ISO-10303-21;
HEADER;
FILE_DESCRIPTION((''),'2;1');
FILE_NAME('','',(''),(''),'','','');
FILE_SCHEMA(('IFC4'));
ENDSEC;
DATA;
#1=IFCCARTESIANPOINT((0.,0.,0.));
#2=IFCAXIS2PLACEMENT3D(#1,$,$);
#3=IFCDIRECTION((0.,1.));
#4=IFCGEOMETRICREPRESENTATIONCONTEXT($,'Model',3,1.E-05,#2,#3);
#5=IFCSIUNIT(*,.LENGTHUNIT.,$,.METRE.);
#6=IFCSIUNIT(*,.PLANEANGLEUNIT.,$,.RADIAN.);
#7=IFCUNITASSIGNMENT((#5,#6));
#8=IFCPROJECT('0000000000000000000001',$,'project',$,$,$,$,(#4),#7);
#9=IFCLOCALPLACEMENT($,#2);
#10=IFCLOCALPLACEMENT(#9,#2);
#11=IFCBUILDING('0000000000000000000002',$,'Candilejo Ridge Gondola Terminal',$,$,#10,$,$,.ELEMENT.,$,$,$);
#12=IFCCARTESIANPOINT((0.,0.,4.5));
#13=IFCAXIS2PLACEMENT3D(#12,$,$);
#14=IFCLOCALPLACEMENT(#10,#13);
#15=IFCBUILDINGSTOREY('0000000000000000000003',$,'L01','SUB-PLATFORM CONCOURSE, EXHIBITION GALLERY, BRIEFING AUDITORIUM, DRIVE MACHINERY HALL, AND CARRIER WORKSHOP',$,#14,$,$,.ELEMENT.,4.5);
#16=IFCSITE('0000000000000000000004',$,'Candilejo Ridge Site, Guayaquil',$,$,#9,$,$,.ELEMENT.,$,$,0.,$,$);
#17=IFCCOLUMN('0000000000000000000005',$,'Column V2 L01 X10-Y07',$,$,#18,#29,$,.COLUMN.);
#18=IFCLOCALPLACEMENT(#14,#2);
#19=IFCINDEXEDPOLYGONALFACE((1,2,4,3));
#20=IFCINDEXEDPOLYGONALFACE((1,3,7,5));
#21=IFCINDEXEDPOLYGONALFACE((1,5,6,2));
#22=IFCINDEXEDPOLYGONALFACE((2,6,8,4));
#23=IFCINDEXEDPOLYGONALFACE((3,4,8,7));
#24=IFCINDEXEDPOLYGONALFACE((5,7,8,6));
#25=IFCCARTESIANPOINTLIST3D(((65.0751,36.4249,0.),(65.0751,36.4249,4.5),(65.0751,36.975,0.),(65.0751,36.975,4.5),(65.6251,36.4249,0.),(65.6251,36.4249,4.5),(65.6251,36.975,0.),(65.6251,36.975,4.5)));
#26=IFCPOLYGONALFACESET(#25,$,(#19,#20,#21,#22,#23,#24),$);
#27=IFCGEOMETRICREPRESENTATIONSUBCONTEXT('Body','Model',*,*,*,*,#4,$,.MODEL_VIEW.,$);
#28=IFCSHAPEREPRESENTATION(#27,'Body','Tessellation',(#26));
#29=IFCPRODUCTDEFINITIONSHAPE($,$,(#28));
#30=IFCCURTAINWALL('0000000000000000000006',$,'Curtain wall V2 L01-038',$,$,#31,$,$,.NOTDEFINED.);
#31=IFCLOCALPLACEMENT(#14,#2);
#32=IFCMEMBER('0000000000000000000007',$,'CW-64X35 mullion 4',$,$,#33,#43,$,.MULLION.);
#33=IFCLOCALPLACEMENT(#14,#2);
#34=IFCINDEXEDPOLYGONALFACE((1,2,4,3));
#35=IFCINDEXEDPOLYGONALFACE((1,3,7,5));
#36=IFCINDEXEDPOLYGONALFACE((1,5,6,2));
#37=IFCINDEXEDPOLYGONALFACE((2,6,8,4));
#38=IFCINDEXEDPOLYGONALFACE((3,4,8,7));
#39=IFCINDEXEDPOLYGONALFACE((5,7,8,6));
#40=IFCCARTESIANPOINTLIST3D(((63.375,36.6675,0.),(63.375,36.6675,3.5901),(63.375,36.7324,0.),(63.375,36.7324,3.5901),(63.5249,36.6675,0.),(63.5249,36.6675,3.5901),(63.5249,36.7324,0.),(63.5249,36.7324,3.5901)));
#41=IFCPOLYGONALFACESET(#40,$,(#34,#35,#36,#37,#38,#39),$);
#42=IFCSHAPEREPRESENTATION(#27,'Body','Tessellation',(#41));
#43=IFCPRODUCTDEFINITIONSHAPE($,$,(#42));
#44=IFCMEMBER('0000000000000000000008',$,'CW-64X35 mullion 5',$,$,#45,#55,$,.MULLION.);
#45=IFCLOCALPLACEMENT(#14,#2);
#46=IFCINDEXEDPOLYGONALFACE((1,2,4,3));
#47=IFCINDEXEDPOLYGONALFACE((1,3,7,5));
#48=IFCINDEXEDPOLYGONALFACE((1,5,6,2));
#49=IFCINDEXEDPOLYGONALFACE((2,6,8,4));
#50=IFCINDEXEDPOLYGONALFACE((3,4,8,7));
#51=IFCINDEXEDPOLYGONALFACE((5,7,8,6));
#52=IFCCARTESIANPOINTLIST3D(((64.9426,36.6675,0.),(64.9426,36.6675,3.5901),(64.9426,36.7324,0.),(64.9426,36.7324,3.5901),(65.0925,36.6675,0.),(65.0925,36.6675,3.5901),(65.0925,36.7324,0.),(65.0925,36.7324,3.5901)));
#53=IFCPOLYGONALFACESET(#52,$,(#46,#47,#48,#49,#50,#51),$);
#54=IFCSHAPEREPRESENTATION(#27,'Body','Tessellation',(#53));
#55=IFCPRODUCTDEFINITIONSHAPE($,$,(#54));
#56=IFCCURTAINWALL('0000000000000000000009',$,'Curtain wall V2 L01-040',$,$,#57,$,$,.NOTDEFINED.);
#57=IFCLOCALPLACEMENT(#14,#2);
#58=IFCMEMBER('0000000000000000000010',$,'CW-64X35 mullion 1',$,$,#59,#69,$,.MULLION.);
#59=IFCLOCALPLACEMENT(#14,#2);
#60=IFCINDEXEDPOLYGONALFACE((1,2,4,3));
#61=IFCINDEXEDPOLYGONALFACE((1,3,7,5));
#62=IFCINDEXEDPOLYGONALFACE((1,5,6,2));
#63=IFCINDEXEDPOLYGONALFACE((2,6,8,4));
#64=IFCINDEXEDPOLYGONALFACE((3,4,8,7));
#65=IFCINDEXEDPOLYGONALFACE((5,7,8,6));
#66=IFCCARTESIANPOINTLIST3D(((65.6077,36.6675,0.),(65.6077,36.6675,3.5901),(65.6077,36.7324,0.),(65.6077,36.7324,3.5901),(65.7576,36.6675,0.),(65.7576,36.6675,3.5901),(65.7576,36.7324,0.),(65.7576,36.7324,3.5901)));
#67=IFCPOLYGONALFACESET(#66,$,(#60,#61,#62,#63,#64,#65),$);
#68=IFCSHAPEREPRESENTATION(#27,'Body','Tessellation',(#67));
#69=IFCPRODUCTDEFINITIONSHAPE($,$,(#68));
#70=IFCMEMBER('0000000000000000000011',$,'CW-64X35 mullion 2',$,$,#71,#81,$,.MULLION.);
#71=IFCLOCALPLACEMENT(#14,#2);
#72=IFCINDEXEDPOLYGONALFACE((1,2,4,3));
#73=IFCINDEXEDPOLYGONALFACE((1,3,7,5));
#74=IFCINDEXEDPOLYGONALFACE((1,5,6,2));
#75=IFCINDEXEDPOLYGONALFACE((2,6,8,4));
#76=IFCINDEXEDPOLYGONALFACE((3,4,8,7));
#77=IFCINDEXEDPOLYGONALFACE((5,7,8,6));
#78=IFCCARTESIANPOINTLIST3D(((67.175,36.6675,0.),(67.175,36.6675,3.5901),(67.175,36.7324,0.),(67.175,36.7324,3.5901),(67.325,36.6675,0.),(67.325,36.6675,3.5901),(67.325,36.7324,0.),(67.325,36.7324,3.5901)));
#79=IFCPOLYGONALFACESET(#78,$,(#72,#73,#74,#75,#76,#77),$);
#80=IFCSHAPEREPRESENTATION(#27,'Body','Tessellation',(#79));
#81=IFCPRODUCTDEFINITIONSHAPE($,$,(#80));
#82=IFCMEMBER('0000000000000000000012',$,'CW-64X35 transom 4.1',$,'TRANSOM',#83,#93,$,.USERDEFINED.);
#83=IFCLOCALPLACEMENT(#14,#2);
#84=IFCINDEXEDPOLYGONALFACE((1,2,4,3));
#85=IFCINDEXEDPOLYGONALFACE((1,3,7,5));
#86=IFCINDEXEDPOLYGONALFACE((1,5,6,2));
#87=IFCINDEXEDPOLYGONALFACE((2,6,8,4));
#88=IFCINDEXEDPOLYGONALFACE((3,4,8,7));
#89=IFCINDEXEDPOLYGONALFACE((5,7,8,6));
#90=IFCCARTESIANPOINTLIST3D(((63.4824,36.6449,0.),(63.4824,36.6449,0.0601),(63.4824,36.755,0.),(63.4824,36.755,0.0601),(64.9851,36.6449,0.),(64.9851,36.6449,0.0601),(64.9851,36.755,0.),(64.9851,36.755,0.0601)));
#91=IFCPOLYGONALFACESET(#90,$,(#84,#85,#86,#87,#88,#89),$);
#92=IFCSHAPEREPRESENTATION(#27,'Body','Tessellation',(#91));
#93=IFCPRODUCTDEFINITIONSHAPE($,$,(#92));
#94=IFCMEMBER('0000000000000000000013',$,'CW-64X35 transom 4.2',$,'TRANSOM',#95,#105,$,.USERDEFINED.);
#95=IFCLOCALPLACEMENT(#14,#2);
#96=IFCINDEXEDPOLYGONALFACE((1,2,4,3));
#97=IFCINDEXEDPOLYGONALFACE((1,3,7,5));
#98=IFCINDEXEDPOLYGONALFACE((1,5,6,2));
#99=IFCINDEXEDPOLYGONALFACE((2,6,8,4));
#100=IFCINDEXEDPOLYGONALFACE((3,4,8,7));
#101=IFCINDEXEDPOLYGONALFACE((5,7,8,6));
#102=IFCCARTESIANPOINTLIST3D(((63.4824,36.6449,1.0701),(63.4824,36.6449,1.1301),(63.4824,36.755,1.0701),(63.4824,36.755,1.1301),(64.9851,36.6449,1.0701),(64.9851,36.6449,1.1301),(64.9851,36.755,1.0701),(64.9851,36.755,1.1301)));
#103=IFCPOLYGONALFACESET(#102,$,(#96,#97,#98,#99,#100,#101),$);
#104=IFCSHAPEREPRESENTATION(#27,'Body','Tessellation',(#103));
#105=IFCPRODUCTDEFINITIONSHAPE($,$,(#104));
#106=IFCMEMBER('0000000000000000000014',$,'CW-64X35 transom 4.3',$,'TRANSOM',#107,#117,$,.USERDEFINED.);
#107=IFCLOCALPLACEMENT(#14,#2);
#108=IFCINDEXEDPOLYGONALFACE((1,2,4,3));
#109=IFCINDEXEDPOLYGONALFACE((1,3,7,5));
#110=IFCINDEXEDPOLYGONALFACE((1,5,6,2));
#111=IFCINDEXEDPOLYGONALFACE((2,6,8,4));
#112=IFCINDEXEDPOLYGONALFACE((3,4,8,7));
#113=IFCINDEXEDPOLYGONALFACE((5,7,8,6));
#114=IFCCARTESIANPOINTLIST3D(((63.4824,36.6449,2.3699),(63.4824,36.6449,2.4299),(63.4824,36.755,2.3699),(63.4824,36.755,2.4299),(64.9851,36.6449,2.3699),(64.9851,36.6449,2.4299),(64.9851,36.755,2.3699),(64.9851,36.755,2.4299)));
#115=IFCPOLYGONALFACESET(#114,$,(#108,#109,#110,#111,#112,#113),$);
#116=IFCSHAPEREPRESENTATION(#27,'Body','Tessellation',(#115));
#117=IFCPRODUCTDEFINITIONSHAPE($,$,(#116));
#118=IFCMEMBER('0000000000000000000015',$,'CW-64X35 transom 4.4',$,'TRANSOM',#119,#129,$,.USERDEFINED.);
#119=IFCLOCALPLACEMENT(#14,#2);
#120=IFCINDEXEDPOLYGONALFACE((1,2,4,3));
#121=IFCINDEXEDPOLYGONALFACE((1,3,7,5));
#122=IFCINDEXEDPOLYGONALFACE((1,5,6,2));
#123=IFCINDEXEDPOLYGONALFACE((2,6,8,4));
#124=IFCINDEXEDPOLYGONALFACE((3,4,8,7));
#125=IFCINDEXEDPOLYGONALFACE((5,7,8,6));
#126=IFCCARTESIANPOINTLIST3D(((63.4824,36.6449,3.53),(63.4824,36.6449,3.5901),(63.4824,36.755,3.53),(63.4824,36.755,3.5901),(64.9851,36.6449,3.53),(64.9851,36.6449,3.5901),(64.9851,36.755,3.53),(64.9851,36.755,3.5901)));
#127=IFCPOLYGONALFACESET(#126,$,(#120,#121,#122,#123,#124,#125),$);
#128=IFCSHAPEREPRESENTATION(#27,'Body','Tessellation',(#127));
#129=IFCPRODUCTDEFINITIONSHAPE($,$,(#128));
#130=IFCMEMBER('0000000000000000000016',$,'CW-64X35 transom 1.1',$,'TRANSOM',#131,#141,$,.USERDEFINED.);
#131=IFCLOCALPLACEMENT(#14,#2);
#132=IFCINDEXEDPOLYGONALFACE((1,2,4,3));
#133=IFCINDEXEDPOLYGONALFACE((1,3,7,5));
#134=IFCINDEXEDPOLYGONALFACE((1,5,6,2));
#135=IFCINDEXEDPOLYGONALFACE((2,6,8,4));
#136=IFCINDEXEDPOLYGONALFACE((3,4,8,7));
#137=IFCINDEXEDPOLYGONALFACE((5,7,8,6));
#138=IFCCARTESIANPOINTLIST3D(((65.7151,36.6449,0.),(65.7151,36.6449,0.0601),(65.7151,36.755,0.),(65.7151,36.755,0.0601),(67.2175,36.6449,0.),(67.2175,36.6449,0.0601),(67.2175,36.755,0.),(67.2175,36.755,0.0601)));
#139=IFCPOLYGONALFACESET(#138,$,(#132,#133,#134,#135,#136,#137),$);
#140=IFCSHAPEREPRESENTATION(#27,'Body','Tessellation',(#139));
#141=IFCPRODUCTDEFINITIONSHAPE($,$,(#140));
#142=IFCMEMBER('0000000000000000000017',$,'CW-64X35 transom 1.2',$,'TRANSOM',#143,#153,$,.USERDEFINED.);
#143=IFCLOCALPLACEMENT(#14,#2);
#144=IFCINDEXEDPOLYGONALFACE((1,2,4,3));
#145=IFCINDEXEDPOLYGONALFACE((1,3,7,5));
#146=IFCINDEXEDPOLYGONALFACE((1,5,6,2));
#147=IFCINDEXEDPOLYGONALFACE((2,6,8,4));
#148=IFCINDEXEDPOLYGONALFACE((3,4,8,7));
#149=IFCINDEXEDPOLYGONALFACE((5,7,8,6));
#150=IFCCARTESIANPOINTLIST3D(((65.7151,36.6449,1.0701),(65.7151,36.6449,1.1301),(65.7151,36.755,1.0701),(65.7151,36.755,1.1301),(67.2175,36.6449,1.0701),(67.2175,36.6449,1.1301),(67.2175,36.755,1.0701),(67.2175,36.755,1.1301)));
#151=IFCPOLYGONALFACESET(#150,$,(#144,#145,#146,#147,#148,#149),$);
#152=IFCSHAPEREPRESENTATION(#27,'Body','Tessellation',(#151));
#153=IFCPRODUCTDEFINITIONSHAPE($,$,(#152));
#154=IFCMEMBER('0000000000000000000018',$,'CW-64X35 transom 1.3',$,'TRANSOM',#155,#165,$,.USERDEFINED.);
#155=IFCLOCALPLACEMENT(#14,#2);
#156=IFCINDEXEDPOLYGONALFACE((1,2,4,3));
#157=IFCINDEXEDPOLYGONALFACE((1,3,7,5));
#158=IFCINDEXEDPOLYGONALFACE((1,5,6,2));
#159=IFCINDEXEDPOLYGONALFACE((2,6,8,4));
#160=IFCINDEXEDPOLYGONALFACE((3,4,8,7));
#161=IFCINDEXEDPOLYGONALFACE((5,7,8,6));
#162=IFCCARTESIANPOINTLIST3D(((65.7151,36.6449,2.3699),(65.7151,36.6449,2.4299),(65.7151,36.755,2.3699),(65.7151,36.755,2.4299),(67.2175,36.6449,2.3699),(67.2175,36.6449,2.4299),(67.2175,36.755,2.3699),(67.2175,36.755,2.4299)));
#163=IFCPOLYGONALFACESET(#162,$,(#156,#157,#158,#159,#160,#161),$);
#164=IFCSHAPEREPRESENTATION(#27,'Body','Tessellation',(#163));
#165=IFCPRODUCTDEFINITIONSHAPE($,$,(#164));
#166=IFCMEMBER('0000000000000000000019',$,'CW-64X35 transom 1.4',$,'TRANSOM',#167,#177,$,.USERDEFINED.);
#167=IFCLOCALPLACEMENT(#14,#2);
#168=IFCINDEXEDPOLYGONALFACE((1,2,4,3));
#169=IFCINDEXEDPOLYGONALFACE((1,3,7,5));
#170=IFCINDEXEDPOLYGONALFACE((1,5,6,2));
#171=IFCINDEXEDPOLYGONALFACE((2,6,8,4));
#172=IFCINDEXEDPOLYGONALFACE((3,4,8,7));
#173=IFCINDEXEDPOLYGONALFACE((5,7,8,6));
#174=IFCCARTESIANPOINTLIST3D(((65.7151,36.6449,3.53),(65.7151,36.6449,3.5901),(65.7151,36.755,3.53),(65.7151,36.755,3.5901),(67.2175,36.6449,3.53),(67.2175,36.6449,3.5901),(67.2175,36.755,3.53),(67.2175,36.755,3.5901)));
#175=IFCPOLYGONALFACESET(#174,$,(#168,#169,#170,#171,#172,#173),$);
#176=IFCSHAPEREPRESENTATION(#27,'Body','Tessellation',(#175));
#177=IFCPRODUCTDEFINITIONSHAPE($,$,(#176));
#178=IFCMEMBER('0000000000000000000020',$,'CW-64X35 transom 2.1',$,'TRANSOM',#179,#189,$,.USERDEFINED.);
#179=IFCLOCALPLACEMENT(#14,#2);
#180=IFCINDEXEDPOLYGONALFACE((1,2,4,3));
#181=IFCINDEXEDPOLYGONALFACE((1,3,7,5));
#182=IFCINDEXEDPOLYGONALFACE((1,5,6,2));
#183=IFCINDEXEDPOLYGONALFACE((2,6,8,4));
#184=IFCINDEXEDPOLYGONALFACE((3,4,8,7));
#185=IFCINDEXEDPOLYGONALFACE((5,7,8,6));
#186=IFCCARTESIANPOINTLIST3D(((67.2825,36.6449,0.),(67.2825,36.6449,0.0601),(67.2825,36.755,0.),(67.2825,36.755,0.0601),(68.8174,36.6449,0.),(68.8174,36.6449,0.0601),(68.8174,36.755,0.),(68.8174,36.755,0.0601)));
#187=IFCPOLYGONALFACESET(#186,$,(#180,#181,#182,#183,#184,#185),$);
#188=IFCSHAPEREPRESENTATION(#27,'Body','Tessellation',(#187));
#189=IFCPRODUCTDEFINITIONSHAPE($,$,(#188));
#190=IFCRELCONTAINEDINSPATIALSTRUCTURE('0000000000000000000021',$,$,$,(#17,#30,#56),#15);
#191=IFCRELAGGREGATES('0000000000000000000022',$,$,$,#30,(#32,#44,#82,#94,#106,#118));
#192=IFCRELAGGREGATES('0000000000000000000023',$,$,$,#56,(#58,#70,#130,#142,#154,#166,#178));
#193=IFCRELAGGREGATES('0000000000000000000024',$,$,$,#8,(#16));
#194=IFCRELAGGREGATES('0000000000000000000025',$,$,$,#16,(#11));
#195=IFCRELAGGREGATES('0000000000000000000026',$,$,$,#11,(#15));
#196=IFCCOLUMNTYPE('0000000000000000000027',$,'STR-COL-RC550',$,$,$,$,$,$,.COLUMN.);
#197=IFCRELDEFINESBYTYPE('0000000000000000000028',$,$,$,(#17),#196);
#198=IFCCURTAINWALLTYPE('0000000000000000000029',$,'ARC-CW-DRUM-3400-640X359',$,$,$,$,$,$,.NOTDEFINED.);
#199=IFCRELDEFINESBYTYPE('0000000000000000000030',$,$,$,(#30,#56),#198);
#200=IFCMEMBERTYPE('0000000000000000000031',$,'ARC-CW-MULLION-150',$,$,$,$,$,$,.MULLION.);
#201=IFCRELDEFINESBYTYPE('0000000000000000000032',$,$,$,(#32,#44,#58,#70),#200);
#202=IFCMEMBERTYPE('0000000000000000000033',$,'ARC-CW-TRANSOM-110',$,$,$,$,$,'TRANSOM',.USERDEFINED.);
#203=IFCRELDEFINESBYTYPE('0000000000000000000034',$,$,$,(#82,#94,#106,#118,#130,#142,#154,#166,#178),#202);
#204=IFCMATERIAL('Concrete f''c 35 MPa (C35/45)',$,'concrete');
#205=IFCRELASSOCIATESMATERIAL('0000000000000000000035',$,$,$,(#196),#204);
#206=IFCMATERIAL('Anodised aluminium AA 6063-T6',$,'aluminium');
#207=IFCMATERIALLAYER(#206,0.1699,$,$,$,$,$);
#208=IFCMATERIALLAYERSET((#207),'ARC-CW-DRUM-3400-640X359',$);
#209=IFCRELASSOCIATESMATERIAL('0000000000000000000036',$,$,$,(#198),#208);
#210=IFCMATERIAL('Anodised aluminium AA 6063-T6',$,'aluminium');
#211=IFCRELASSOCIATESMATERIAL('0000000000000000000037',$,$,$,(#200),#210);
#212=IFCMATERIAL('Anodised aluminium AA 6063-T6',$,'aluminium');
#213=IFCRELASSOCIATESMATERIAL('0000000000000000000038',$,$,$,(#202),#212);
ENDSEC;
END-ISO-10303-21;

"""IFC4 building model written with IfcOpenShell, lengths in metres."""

from ifc_helpers import new_model, si_unit, direction, frame, origin, origin_2d, place, context, subcontext, project, spatial, rectangle, extrude, material, layer, layer_set, material_profile, profile_set, type_object, element, aggregate, save


model = new_model("IFC4")

# Units and contexts
model_context = context("Model", 3, precision=1e-05, world=origin(), true_north=direction((0.0, 1.0)))
body_context = subcontext(model_context, "Body", "Model", "MODEL_VIEW")
ifc_project = project(units=[si_unit("LENGTHUNIT", "METRE"), si_unit("PLANEANGLEUNIT", "RADIAN")], contexts=[model_context])

# Site, building, storey
site_placement = place(None, origin())
site = spatial("IfcSite", under=ifc_project, at=site_placement, Name="Candilejo Ridge Site, Guayaquil", CompositionType="ELEMENT", RefElevation=0.0)
building_placement = place(site_placement, origin())
building = spatial("IfcBuilding", under=site, at=building_placement, Name="Candilejo Ridge Gondola Terminal", CompositionType="ELEMENT")
storey_placement = place(building_placement, frame((0.0, 0.0, 4.5)))
storey = spatial("IfcBuildingStorey", under=building, at=storey_placement, Name="L01", Description="SUB-PLATFORM CONCOURSE, EXHIBITION GALLERY, BRIEFING AUDITORIUM, DRIVE MACHINERY HALL, AND CARRIER WORKSHOP", CompositionType="ELEMENT", Elevation=4.5)

# Column
ifc_material_1 = material(Name="Concrete f'c 35 MPa (C35/45)", Category="concrete")
ifc_material_profile_1 = material_profile(ifc_material_1, rectangle(XDim=0.55, YDim=0.55, at=origin_2d()))
ifc_profile_set_1 = profile_set([ifc_material_profile_1], Name="Concrete f'c 35 MPa (C35/45)")
column_type = type_object("IfcColumnType", Name="STR-COL-RC550", PredefinedType="COLUMN", material=ifc_profile_set_1)
column_placement = place(storey_placement, frame((65.3501, 36.7, 0.0), z_axis=(0.0, 0.0, 1.0), x_axis=(1.0, 0.0, 0.0)))
element("IfcColumn", 1, at=column_placement, inside=storey, type_object=column_type, Name="Column V2 L01 X10-Y07", PredefinedType="COLUMN", context=body_context, shape_type="SweptSolid", body=[
    extrude(rectangle(XDim=0.55, YDim=0.55, at=origin_2d()), origin(), (0.0, 0.0, 1.0), 4.5),
])

# Curtain walls, members
ifc_material_2 = material(Name="Anodised aluminium AA 6063-T6", Category="aluminium")
ifc_layer_1 = layer(ifc_material_2, 0.1699)
ifc_layer_set_1 = layer_set([ifc_layer_1], Name="ARC-CW-DRUM-3400-640X359")
curtain_wall_type = type_object("IfcCurtainWallType", Name="ARC-CW-DRUM-3400-640X359", PredefinedType="NOTDEFINED", material=ifc_layer_set_1)
curtain_wall_1_placement = place(storey_placement, origin())
curtain_wall_1 = element("IfcCurtainWall", 2, at=curtain_wall_1_placement, inside=storey, type_object=curtain_wall_type, Name="Curtain wall V2 L01-038", PredefinedType="NOTDEFINED")
ifc_material_3 = material(Name="Anodised aluminium AA 6063-T6", Category="aluminium")
ifc_material_profile_2 = material_profile(ifc_material_3, rectangle(XDim=0.0649, YDim=0.1499, at=origin_2d()))
ifc_profile_set_2 = profile_set([ifc_material_profile_2], Name="Anodised aluminium AA 6063-T6")
member_type_1 = type_object("IfcMemberType", Name="ARC-CW-MULLION-150", PredefinedType="MULLION", material=ifc_profile_set_2)
member_1_placement = place(storey_placement, frame((63.45, 36.7, 0.0), z_axis=(0.0, 0.0, 1.0), x_axis=(0.0, 1.0, 0.0)))
member_1 = element("IfcMember", 3, at=member_1_placement, type_object=member_type_1, Name="CW-64X35 mullion 4", PredefinedType="MULLION", context=body_context, shape_type="SweptSolid", body=[
    extrude(rectangle(XDim=0.0649, YDim=0.1499, at=origin_2d()), origin(), (0.0, 0.0, 1.0), 3.5901),
])
member_2_placement = place(storey_placement, frame((65.0176, 36.7, 0.0), z_axis=(0.0, 0.0, 1.0), x_axis=(0.0, 1.0, 0.0)))
member_2 = element("IfcMember", 4, at=member_2_placement, type_object=member_type_1, Name="CW-64X35 mullion 5", PredefinedType="MULLION", context=body_context, shape_type="SweptSolid", body=[
    extrude(rectangle(XDim=0.0649, YDim=0.1499, at=origin_2d()), origin(), (0.0, 0.0, 1.0), 3.5901),
])
curtain_wall_2_placement = place(storey_placement, origin())
curtain_wall_2 = element("IfcCurtainWall", 5, at=curtain_wall_2_placement, inside=storey, type_object=curtain_wall_type, Name="Curtain wall V2 L01-040", PredefinedType="NOTDEFINED")
member_3_placement = place(storey_placement, frame((65.6826, 36.7, 0.0), z_axis=(0.0, 0.0, 1.0), x_axis=(0.0, 1.0, 0.0)))
member_3 = element("IfcMember", 6, at=member_3_placement, type_object=member_type_1, Name="CW-64X35 mullion 1", PredefinedType="MULLION", context=body_context, shape_type="SweptSolid", body=[
    extrude(rectangle(XDim=0.0649, YDim=0.1499, at=origin_2d()), origin(), (0.0, 0.0, 1.0), 3.5901),
])
member_4_placement = place(storey_placement, frame((67.25, 36.7, 0.0), z_axis=(0.0, 0.0, 1.0), x_axis=(0.0, 1.0, 0.0)))
member_4 = element("IfcMember", 7, at=member_4_placement, type_object=member_type_1, Name="CW-64X35 mullion 2", PredefinedType="MULLION", context=body_context, shape_type="SweptSolid", body=[
    extrude(rectangle(XDim=0.0649, YDim=0.1499, at=origin_2d()), origin(), (0.0, 0.0, 1.0), 3.5901),
])

# Members
ifc_material_4 = material(Name="Anodised aluminium AA 6063-T6", Category="aluminium")
ifc_material_profile_3 = material_profile(ifc_material_4, rectangle(XDim=0.1101, YDim=0.0601, at=origin_2d()))
ifc_profile_set_3 = profile_set([ifc_material_profile_3], Name="Anodised aluminium AA 6063-T6")
member_type_2 = type_object("IfcMemberType", Name="ARC-CW-TRANSOM-110", ElementType="TRANSOM", PredefinedType="USERDEFINED", material=ifc_profile_set_3)
member_5_placement = place(storey_placement, frame((63.4824, 36.7, 0.03), z_axis=(1.0, 0.0, 0.0), x_axis=(0.0, 1.0, 0.0)))
member_5 = element("IfcMember", 8, at=member_5_placement, type_object=member_type_2, Name="CW-64X35 transom 4.1", ObjectType="TRANSOM", PredefinedType="USERDEFINED", context=body_context, shape_type="SweptSolid", body=[
    extrude(rectangle(XDim=0.1101, YDim=0.0601, at=origin_2d()), origin(), (0.0, 0.0, 1.0), 1.5027),
])
member_6_placement = place(storey_placement, frame((63.4824, 36.7, 1.1001), z_axis=(1.0, 0.0, 0.0), x_axis=(0.0, 1.0, 0.0)))
member_6 = element("IfcMember", 9, at=member_6_placement, type_object=member_type_2, Name="CW-64X35 transom 4.2", ObjectType="TRANSOM", PredefinedType="USERDEFINED", context=body_context, shape_type="SweptSolid", body=[
    extrude(rectangle(XDim=0.1101, YDim=0.0601, at=origin_2d()), origin(), (0.0, 0.0, 1.0), 1.5027),
])
member_7_placement = place(storey_placement, frame((63.4824, 36.7, 2.3999), z_axis=(1.0, 0.0, 0.0), x_axis=(0.0, 1.0, 0.0)))
member_7 = element("IfcMember", 10, at=member_7_placement, type_object=member_type_2, Name="CW-64X35 transom 4.3", ObjectType="TRANSOM", PredefinedType="USERDEFINED", context=body_context, shape_type="SweptSolid", body=[
    extrude(rectangle(XDim=0.1101, YDim=0.0601, at=origin_2d()), origin(), (0.0, 0.0, 1.0), 1.5027),
])
member_8_placement = place(storey_placement, frame((63.4824, 36.7, 3.5601), z_axis=(1.0, 0.0, 0.0), x_axis=(0.0, 1.0, 0.0)))
member_8 = element("IfcMember", 11, at=member_8_placement, type_object=member_type_2, Name="CW-64X35 transom 4.4", ObjectType="TRANSOM", PredefinedType="USERDEFINED", context=body_context, shape_type="SweptSolid", body=[
    extrude(rectangle(XDim=0.1101, YDim=0.0601, at=origin_2d()), origin(), (0.0, 0.0, 1.0), 1.5027),
])
member_9_placement = place(storey_placement, frame((65.7151, 36.7, 0.03), z_axis=(1.0, 0.0, 0.0), x_axis=(0.0, 1.0, 0.0)))
member_9 = element("IfcMember", 12, at=member_9_placement, type_object=member_type_2, Name="CW-64X35 transom 1.1", ObjectType="TRANSOM", PredefinedType="USERDEFINED", context=body_context, shape_type="SweptSolid", body=[
    extrude(rectangle(XDim=0.1101, YDim=0.0601, at=origin_2d()), origin(), (0.0, 0.0, 1.0), 1.5024),
])
member_10_placement = place(storey_placement, frame((65.7151, 36.7, 1.1001), z_axis=(1.0, 0.0, 0.0), x_axis=(0.0, 1.0, 0.0)))
member_10 = element("IfcMember", 13, at=member_10_placement, type_object=member_type_2, Name="CW-64X35 transom 1.2", ObjectType="TRANSOM", PredefinedType="USERDEFINED", context=body_context, shape_type="SweptSolid", body=[
    extrude(rectangle(XDim=0.1101, YDim=0.0601, at=origin_2d()), origin(), (0.0, 0.0, 1.0), 1.5024),
])
member_11_placement = place(storey_placement, frame((65.7151, 36.7, 2.3999), z_axis=(1.0, 0.0, 0.0), x_axis=(0.0, 1.0, 0.0)))
member_11 = element("IfcMember", 14, at=member_11_placement, type_object=member_type_2, Name="CW-64X35 transom 1.3", ObjectType="TRANSOM", PredefinedType="USERDEFINED", context=body_context, shape_type="SweptSolid", body=[
    extrude(rectangle(XDim=0.1101, YDim=0.0601, at=origin_2d()), origin(), (0.0, 0.0, 1.0), 1.5024),
])
member_12_placement = place(storey_placement, frame((65.7151, 36.7, 3.5601), z_axis=(1.0, 0.0, 0.0), x_axis=(0.0, 1.0, 0.0)))
member_12 = element("IfcMember", 15, at=member_12_placement, type_object=member_type_2, Name="CW-64X35 transom 1.4", ObjectType="TRANSOM", PredefinedType="USERDEFINED", context=body_context, shape_type="SweptSolid", body=[
    extrude(rectangle(XDim=0.1101, YDim=0.0601, at=origin_2d()), origin(), (0.0, 0.0, 1.0), 1.5024),
])
member_13_placement = place(storey_placement, frame((67.2825, 36.7, 0.03), z_axis=(1.0, 0.0, 0.0), x_axis=(0.0, 1.0, 0.0)))
member_13 = element("IfcMember", 16, at=member_13_placement, type_object=member_type_2, Name="CW-64X35 transom 2.1", ObjectType="TRANSOM", PredefinedType="USERDEFINED", context=body_context, shape_type="SweptSolid", body=[
    extrude(rectangle(XDim=0.1101, YDim=0.0601, at=origin_2d()), origin(), (0.0, 0.0, 1.0), 1.5349),
])

aggregate(curtain_wall_1, [member_1, member_2, member_5, member_6, member_7, member_8])
aggregate(curtain_wall_2, [member_3, member_4, member_9, member_10, member_11, member_12, member_13])

save(model, "model.ifc")
